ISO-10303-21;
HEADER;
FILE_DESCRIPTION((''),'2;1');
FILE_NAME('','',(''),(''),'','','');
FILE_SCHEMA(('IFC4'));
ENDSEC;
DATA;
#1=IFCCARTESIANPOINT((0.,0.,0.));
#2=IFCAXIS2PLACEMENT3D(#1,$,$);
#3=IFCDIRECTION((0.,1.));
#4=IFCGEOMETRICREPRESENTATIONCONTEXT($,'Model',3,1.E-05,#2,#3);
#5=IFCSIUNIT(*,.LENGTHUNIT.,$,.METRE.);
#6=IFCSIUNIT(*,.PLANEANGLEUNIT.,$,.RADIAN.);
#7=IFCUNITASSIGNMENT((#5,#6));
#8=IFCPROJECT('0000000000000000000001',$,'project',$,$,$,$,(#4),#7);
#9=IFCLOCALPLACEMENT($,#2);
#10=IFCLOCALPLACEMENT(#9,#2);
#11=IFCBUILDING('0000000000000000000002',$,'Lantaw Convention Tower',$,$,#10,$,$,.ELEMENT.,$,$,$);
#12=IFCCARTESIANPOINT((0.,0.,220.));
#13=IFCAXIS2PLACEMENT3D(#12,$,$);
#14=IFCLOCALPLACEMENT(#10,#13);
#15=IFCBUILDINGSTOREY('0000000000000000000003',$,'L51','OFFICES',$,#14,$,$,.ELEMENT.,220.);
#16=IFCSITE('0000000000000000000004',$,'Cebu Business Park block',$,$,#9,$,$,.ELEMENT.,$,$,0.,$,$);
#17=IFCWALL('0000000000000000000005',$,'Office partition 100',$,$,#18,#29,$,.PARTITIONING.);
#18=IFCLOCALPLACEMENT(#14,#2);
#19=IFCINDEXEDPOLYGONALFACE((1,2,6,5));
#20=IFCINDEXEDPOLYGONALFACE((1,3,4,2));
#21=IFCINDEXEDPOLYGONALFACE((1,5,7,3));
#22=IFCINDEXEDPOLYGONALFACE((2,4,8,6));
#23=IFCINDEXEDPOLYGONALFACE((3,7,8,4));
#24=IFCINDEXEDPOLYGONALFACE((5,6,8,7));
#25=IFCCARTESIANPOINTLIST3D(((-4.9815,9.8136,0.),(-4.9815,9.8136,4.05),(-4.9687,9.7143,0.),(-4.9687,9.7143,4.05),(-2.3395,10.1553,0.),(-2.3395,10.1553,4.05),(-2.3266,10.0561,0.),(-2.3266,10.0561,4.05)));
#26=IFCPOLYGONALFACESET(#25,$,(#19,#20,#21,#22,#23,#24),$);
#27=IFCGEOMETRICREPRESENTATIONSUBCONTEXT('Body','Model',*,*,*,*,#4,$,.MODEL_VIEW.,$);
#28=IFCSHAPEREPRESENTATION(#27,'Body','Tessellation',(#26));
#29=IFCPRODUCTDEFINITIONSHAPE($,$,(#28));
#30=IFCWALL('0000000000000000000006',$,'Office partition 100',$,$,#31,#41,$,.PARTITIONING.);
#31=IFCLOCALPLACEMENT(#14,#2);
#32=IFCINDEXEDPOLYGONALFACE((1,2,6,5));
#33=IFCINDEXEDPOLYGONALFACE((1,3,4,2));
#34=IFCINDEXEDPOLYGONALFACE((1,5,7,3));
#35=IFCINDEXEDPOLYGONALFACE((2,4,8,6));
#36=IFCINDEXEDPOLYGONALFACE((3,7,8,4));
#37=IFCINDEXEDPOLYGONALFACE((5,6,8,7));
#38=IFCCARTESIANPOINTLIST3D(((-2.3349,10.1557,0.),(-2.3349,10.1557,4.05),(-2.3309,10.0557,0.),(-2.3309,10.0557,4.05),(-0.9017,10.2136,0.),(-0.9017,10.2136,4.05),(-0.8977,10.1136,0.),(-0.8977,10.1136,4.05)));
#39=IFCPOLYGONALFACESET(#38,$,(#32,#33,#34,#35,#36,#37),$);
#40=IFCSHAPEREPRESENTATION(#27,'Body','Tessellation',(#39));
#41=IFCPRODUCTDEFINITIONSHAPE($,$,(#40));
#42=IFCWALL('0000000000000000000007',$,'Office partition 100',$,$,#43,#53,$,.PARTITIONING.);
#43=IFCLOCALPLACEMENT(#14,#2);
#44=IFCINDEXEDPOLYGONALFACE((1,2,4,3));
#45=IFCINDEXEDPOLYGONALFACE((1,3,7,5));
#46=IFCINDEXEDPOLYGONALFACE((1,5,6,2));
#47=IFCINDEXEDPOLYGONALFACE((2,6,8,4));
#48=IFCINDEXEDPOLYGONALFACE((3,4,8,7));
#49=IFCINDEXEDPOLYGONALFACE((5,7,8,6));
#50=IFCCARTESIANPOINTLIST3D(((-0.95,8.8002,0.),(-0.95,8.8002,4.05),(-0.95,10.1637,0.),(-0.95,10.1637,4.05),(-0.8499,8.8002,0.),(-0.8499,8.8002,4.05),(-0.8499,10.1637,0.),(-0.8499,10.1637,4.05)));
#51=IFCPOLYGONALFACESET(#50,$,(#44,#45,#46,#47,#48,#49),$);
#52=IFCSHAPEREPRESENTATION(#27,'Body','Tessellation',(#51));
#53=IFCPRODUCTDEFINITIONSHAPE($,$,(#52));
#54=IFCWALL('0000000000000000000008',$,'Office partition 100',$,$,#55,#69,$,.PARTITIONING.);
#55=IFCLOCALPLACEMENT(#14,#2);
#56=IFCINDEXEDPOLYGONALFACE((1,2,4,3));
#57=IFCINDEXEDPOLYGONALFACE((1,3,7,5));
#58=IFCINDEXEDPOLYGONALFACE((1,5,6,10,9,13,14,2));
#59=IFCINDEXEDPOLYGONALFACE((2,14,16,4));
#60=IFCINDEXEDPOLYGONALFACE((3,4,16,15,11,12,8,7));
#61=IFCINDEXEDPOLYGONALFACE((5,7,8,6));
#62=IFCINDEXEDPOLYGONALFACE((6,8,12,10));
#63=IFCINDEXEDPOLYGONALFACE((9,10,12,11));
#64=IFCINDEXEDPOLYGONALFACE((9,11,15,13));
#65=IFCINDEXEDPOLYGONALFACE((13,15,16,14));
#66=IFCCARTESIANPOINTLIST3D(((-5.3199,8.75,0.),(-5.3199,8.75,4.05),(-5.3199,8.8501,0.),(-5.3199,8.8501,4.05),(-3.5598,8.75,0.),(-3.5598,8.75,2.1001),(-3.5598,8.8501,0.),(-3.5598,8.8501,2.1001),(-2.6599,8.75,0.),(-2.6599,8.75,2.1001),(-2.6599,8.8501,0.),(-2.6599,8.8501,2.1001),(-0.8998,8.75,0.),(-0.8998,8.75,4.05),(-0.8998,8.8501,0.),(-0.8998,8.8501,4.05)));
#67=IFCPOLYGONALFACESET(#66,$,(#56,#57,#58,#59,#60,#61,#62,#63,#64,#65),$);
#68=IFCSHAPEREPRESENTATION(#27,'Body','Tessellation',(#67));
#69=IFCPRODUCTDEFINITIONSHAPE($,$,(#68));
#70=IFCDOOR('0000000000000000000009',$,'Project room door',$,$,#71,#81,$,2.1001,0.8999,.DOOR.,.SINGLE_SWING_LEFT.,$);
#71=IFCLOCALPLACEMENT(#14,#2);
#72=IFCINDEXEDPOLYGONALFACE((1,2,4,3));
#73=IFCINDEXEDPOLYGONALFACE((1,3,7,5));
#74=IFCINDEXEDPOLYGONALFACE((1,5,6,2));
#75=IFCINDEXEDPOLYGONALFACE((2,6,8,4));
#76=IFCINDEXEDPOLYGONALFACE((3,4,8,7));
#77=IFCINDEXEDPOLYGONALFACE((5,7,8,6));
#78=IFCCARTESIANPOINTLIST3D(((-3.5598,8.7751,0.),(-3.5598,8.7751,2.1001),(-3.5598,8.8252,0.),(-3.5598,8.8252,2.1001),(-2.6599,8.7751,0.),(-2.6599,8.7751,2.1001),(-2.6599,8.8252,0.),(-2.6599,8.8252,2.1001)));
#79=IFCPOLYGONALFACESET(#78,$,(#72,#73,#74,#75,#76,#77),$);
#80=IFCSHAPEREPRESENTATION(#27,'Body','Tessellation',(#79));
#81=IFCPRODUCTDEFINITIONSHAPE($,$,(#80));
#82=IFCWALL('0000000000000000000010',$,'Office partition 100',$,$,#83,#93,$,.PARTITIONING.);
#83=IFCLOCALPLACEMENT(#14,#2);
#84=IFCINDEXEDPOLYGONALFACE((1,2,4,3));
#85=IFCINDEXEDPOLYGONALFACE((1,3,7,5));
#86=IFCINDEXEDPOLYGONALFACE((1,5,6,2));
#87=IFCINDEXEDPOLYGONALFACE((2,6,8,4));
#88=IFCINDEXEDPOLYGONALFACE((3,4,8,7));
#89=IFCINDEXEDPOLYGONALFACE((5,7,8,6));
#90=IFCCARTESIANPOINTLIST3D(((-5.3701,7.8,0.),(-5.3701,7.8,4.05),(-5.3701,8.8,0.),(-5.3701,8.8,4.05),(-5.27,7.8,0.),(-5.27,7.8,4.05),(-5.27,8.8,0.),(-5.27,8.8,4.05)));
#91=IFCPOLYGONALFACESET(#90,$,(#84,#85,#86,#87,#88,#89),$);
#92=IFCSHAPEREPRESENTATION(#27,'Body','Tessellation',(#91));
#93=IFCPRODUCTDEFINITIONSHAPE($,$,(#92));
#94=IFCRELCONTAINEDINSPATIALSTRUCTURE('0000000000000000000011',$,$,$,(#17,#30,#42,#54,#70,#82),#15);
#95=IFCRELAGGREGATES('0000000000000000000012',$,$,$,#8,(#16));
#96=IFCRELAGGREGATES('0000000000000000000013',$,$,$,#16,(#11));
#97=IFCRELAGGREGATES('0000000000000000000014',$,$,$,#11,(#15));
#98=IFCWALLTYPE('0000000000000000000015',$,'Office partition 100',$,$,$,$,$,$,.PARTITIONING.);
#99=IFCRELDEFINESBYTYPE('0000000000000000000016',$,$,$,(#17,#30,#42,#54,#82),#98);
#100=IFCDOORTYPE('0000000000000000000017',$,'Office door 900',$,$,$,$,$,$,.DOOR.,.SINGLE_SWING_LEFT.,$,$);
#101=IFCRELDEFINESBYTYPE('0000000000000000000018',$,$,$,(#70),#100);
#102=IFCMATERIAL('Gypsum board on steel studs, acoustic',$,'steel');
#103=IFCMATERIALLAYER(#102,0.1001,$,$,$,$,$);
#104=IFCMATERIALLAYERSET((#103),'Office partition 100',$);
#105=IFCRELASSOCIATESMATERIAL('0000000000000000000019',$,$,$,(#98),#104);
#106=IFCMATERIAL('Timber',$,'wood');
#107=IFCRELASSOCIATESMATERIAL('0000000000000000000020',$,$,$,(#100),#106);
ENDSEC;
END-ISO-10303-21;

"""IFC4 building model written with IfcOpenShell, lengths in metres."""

from ifc_helpers import new_model, si_unit, direction, frame, frame_2d, origin, place, context, subcontext, project, spatial, rectangle, extrude, material, layer, layer_set, type_object, element, fill, save


model = new_model("IFC4")

# Units and contexts
model_context = context("Model", 3, precision=1e-05, world=origin(), true_north=direction((0.0, 1.0)))
body_context = subcontext(model_context, "Body", "Model", "MODEL_VIEW")
ifc_project = project(units=[si_unit("LENGTHUNIT", "METRE"), si_unit("PLANEANGLEUNIT", "RADIAN")], contexts=[model_context])

# Site, building, storey
site_placement = place(None, origin())
site = spatial("IfcSite", under=ifc_project, at=site_placement, Name="Cebu Business Park block", CompositionType="ELEMENT", RefElevation=0.0)
building_placement = place(site_placement, origin())
building = spatial("IfcBuilding", under=site, at=building_placement, Name="Lantaw Convention Tower", CompositionType="ELEMENT")
storey_placement = place(building_placement, frame((0.0, 0.0, 220.0)))
storey = spatial("IfcBuildingStorey", under=building, at=storey_placement, Name="L51", Description="OFFICES", CompositionType="ELEMENT", Elevation=220.0)

# Walls
ifc_material_1 = material(Name="Gypsum board on steel studs, acoustic", Category="steel")
ifc_layer_1 = layer(ifc_material_1, 0.1001)
ifc_layer_set_1 = layer_set([ifc_layer_1], Name="Office partition 100")
wall_type_1 = type_object("IfcWallType", Name="Office partition 100", PredefinedType="PARTITIONING", material=ifc_layer_set_1)
wall_1_placement = place(storey_placement, frame((-4.9751, 9.7639, 0.0), z_axis=(0.0, 0.0, 1.0), x_axis=(0.991736, 0.128297, 0.0)))
element("IfcWall", 1, at=wall_1_placement, inside=storey, type_object=wall_type_1, Name="Office partition 100", PredefinedType="PARTITIONING", context=body_context, shape_type="SweptSolid", body=[
    extrude(rectangle(XDim=2.6641, YDim=0.1001, at=frame_2d((1.332, 0.0))), origin(), (0.0, 0.0, 1.0), 4.05),
])
wall_2_placement = place(storey_placement, frame((-2.333, 10.1057, 0.0), z_axis=(0.0, 0.0, 1.0), x_axis=(0.999186, 0.040342, 0.0)))
element("IfcWall", 2, at=wall_2_placement, inside=storey, type_object=wall_type_1, Name="Office partition 100", PredefinedType="PARTITIONING", context=body_context, shape_type="SweptSolid", body=[
    extrude(rectangle(XDim=1.4343, YDim=0.1001, at=frame_2d((0.7173, 0.0))), origin(), (0.0, 0.0, 1.0), 4.05),
])
wall_3_placement = place(storey_placement, frame((-0.8999, 10.1636, 0.0), z_axis=(0.0, 0.0, 1.0), x_axis=(0.0, -1.0, 0.0)))
element("IfcWall", 3, at=wall_3_placement, inside=storey, type_object=wall_type_1, Name="Office partition 100", PredefinedType="PARTITIONING", context=body_context, shape_type="SweptSolid", body=[
    extrude(rectangle(XDim=1.3635, YDim=0.1001, at=frame_2d((0.6816, 0.0))), origin(), (0.0, 0.0, 1.0), 4.05),
])

# Wall, opening, door
wall_4_placement = place(storey_placement, frame((-0.8999, 8.8, 0.0), z_axis=(0.0, 0.0, 1.0), x_axis=(-1.0, 0.0, 0.0)))
wall_4 = element("IfcWall", 4, at=wall_4_placement, inside=storey, type_object=wall_type_1, Name="Office partition 100", PredefinedType="PARTITIONING", context=body_context, shape_type="SweptSolid", body=[
    extrude(rectangle(XDim=4.4202, YDim=0.1001, at=frame_2d((2.21, 0.0))), origin(), (0.0, 0.0, 1.0), 4.05),
])
opening_1_placement = place(wall_4_placement, frame((1.76, 0.0, 0.0)))
opening_1 = element("IfcOpeningElement", 5, at=opening_1_placement, cuts=wall_4, PredefinedType="OPENING", context=body_context, shape_type="SweptSolid", body=[
    extrude(rectangle(XDim=0.8999, YDim=2.1001, at=frame_2d((0.45, 1.05))), frame((0.0, 0.0601, 0.0), z_axis=(0.0, -1.0, 0.0), x_axis=(1.0, 0.0, 0.0)), (0.0, 0.0, 1.0), 0.1201),
])
ifc_material_2 = material(Name="Timber", Category="wood")
door_type_1 = type_object("IfcDoorType", Name="Office door 900", OperationType="SINGLE_SWING_LEFT", PredefinedType="DOOR", material=ifc_material_2)
door_1_placement = place(opening_1_placement, origin())
door_1 = element("IfcDoor", 6, at=door_1_placement, inside=storey, type_object=door_type_1, Name="Project room door", OperationType="SINGLE_SWING_LEFT", OverallHeight=2.1001, OverallWidth=0.8999, PredefinedType="DOOR", context=body_context, shape_type="SweptSolid", body=[
    extrude(rectangle(XDim=0.8999, YDim=2.1001, at=frame_2d((0.45, 1.05))), frame((0.0, 0.0249, 0.0), z_axis=(0.0, -1.0, 0.0), x_axis=(1.0, 0.0, 0.0)), (0.0, 0.0, 1.0), 0.05),
])
fill(opening_1, door_1)

# Wall
wall_5_placement = place(storey_placement, frame((-5.3201, 8.8, 0.0), z_axis=(0.0, 0.0, 1.0), x_axis=(0.0, -1.0, 0.0)))
element("IfcWall", 7, at=wall_5_placement, inside=storey, type_object=wall_type_1, Name="Office partition 100", PredefinedType="PARTITIONING", context=body_context, shape_type="SweptSolid", body=[
    extrude(rectangle(XDim=1.0, YDim=0.1001, at=frame_2d((0.5, 0.0))), origin(), (0.0, 0.0, 1.0), 4.05),
])

save(model, "model.ifc")
